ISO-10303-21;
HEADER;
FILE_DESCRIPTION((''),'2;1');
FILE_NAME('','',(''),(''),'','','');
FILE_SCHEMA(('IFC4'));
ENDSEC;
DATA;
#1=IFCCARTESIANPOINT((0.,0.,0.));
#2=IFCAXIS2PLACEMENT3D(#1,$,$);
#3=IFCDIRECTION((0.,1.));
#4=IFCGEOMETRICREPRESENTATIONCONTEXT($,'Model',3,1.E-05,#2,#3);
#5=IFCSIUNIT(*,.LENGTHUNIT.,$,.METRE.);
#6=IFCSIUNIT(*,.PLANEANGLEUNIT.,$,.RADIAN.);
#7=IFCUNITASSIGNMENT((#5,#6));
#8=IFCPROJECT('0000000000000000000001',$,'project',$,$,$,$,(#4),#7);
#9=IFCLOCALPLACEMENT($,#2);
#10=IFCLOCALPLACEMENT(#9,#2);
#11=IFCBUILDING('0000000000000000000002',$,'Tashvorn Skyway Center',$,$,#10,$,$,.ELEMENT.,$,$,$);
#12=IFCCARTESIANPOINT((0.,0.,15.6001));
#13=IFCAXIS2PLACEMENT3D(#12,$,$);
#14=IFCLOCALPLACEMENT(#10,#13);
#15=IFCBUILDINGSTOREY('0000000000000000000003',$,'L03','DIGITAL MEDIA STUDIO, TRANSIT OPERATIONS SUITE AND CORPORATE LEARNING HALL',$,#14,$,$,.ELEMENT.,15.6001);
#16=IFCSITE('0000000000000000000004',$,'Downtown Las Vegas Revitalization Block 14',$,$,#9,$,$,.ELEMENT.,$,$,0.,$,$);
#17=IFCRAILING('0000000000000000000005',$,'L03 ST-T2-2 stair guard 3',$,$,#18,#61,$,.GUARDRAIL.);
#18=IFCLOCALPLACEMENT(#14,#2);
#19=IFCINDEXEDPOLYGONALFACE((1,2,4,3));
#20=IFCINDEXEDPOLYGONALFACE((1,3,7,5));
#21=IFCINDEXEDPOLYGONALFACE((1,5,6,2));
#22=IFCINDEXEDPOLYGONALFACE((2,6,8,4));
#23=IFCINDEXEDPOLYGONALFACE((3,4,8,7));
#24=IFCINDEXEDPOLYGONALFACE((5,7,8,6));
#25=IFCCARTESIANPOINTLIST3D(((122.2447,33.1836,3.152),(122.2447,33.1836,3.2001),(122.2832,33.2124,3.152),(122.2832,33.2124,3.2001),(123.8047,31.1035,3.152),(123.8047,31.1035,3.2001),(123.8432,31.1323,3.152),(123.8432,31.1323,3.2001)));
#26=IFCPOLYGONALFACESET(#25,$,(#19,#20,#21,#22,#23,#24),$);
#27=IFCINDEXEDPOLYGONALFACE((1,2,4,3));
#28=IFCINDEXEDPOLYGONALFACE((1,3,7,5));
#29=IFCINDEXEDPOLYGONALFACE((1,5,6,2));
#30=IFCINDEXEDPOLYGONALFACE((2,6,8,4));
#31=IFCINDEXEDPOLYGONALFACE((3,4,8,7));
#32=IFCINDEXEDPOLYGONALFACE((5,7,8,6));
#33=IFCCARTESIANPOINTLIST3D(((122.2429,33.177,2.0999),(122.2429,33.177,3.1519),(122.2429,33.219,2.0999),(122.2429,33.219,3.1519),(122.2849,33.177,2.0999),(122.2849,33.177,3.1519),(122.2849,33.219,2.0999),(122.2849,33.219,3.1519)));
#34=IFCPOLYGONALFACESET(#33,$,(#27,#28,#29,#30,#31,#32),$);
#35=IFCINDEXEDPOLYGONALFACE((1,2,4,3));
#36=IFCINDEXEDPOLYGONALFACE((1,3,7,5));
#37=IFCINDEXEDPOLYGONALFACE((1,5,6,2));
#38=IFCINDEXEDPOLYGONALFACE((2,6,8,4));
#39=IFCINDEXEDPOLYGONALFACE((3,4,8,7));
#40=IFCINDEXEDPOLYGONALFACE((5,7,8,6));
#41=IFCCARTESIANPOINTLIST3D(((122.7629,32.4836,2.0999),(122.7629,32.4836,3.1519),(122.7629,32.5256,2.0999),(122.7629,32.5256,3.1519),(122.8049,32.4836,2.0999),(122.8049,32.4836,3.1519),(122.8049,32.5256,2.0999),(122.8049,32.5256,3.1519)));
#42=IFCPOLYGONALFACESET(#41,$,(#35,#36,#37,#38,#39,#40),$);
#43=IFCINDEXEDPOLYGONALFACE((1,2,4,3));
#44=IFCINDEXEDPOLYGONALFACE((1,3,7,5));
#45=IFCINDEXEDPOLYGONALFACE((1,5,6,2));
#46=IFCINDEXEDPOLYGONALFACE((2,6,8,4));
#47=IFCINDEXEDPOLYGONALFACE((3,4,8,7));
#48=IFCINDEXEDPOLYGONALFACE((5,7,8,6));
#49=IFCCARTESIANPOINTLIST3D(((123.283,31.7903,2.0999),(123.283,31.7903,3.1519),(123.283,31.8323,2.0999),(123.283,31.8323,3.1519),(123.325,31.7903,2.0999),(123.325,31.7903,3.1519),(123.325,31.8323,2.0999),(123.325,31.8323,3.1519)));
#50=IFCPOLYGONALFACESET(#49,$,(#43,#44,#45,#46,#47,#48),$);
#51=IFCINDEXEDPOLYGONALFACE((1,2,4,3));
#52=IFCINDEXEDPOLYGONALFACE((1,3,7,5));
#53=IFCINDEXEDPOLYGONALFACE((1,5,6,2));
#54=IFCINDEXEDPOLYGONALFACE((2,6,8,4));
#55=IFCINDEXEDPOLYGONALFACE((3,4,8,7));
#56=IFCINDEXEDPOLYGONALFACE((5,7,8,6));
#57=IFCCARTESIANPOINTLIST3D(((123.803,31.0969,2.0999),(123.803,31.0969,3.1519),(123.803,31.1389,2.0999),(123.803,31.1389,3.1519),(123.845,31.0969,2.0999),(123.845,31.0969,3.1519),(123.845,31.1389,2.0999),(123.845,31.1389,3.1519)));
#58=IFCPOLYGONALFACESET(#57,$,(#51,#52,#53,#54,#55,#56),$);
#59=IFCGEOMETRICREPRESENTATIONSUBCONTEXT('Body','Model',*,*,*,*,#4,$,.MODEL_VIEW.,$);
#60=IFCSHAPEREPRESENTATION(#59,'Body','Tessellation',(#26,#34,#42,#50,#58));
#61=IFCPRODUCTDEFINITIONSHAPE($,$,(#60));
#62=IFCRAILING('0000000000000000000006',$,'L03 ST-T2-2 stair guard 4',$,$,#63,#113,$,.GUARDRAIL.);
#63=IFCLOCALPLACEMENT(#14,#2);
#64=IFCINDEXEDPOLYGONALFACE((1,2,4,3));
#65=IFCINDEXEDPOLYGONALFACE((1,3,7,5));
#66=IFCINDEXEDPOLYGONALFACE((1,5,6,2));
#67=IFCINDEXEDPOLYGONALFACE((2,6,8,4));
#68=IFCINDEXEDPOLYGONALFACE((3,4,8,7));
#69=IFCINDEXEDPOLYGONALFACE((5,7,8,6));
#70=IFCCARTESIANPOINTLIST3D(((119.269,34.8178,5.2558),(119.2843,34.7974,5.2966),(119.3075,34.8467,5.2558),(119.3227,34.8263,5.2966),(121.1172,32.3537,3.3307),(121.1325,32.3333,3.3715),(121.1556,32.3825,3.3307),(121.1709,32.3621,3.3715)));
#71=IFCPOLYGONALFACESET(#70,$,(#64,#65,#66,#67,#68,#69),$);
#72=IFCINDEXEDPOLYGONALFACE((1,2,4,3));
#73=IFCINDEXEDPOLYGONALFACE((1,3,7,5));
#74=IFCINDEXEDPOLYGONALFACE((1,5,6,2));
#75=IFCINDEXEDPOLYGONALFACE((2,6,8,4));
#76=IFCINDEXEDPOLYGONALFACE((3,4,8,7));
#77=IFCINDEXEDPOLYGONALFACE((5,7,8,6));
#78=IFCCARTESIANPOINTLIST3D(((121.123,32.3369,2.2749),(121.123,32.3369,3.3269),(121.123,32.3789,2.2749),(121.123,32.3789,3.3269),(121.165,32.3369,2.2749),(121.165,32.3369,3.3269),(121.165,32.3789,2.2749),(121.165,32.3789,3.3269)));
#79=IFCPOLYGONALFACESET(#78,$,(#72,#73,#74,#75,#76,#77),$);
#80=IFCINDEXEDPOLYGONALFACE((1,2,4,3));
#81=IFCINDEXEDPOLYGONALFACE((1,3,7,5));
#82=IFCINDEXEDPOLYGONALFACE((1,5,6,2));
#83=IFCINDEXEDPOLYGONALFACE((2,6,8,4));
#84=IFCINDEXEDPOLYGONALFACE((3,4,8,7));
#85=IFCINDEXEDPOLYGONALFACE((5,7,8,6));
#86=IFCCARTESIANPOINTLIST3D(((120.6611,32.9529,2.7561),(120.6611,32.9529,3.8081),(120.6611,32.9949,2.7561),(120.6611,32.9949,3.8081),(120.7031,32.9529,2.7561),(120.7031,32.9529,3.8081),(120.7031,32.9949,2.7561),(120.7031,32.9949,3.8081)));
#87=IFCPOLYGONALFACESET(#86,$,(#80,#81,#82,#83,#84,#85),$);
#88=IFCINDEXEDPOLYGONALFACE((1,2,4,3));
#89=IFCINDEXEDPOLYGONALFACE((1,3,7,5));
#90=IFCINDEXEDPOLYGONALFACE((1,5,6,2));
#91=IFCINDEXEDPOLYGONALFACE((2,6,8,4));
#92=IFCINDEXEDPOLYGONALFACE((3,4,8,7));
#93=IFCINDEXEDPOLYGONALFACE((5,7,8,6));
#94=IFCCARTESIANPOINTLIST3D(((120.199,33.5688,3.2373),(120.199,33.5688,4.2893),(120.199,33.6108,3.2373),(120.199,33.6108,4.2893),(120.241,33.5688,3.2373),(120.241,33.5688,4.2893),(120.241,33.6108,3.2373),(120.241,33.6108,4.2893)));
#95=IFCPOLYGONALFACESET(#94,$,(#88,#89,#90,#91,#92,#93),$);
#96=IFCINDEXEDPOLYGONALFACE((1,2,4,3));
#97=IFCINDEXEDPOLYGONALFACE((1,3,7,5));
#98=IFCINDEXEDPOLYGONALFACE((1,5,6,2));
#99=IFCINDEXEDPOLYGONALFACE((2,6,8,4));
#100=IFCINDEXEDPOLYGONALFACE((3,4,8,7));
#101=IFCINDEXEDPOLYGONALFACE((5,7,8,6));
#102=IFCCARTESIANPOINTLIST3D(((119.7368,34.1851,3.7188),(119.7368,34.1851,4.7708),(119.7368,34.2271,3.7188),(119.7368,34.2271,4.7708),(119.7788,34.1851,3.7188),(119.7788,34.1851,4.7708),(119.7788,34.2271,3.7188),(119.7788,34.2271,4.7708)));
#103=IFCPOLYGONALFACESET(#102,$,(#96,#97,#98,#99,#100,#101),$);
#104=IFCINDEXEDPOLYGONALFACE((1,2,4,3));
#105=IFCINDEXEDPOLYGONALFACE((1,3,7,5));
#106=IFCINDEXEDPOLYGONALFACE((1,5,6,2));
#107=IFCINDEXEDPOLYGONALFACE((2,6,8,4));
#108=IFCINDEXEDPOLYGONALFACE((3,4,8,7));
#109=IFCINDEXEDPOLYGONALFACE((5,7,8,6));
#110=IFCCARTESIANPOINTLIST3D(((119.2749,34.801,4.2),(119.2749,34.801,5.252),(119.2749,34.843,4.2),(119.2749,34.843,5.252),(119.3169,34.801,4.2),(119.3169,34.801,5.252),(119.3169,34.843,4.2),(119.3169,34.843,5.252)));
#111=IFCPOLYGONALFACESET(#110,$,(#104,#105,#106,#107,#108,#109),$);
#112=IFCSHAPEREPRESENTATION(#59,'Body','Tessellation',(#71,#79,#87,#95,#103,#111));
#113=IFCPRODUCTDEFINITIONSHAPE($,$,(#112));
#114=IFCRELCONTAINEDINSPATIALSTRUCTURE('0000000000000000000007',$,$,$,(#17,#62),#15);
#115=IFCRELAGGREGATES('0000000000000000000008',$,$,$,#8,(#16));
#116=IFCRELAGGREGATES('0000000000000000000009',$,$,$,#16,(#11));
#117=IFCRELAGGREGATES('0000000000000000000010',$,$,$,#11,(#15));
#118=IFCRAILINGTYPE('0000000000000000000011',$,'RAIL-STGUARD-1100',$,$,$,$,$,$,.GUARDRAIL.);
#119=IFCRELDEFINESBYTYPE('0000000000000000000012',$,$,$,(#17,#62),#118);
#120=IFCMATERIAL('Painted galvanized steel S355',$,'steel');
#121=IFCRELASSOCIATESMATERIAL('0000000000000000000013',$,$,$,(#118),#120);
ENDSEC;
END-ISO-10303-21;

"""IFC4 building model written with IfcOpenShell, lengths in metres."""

from ifc_helpers import new_model, si_unit, direction, frame, origin, origin_2d, place, context, subcontext, project, spatial, rectangle, extrude, material, type_object, element, save


model = new_model("IFC4")

# Units and contexts
model_context = context("Model", 3, precision=1e-05, world=origin(), true_north=direction((0.0, 1.0)))
body_context = subcontext(model_context, "Body", "Model", "MODEL_VIEW")
ifc_project = project(units=[si_unit("LENGTHUNIT", "METRE"), si_unit("PLANEANGLEUNIT", "RADIAN")], contexts=[model_context])

# Site, building, storey
site_placement = place(None, origin())
site = spatial("IfcSite", under=ifc_project, at=site_placement, Name="Downtown Las Vegas Revitalization Block 14", CompositionType="ELEMENT", RefElevation=0.0)
building_placement = place(site_placement, origin())
building = spatial("IfcBuilding", under=site, at=building_placement, Name="Tashvorn Skyway Center", CompositionType="ELEMENT")
storey_placement = place(building_placement, frame((0.0, 0.0, 15.6001)))
storey = spatial("IfcBuildingStorey", under=building, at=storey_placement, Name="L03", Description="DIGITAL MEDIA STUDIO, TRANSIT OPERATIONS SUITE AND CORPORATE LEARNING HALL", CompositionType="ELEMENT", Elevation=15.6001)

# Railings
ifc_material_1 = material(Name="Painted galvanized steel S355", Category="steel")
railing_type_1 = type_object("IfcRailingType", Name="RAIL-STGUARD-1100", PredefinedType="GUARDRAIL", material=ifc_material_1)
railing_1_placement = place(storey_placement, frame((122.2639, 33.198, 2.0999)))
element("IfcRailing", 1, at=railing_1_placement, inside=storey, type_object=railing_type_1, Name="L03 ST-T2-2 stair guard 3", PredefinedType="GUARDRAIL", context=body_context, shape_type="SweptSolid", body=[
    extrude(rectangle(XDim=0.0481, YDim=0.0481, at=origin_2d()), frame((0.0, 0.0, 1.0762), z_axis=(0.6, -0.8, 0.0), x_axis=(0.8, 0.6, 0.0)), (0.0, 0.0, 1.0), 2.6001),
    extrude(rectangle(XDim=0.042, YDim=0.042, at=origin_2d()), origin(), (0.0, 0.0, 1.0), 1.052),
    extrude(rectangle(XDim=0.042, YDim=0.042, at=origin_2d()), frame((0.52, -0.6934, 0.0)), (0.0, 0.0, 1.0), 1.052),
    extrude(rectangle(XDim=0.042, YDim=0.042, at=origin_2d()), frame((1.04, -1.3867, 0.0)), (0.0, 0.0, 1.0), 1.052),
    extrude(rectangle(XDim=0.042, YDim=0.042, at=origin_2d()), frame((1.5601, -2.0801, 0.0)), (0.0, 0.0, 1.0), 1.052),
])
railing_2_placement = place(storey_placement, frame((121.144, 32.3579, 2.2749)))
element("IfcRailing", 2, at=railing_2_placement, inside=storey, type_object=railing_type_1, Name="L03 ST-T2-2 stair guard 4", PredefinedType="GUARDRAIL", context=body_context, shape_type="SweptSolid", body=[
    extrude(rectangle(XDim=0.0481, YDim=0.0481, at=origin_2d()), frame((0.0, 0.0, 1.0762), z_axis=(-0.508814, 0.678397, 0.529987), x_axis=(-0.79999, -0.600013, 0.0)), (0.0, 0.0, 1.0), 3.6323),
    extrude(rectangle(XDim=0.042, YDim=0.042, at=origin_2d()), origin(), (0.0, 0.0, 1.0), 1.052),
    extrude(rectangle(XDim=0.042, YDim=0.042, at=origin_2d()), frame((-0.4619, 0.616, 0.4812)), (0.0, 0.0, 1.0), 1.052),
    extrude(rectangle(XDim=0.042, YDim=0.042, at=origin_2d()), frame((-0.9241, 1.2319, 0.9624)), (0.0, 0.0, 1.0), 1.052),
    extrude(rectangle(XDim=0.042, YDim=0.042, at=origin_2d()), frame((-1.3862, 1.8481, 1.4438)), (0.0, 0.0, 1.0), 1.052),
    extrude(rectangle(XDim=0.042, YDim=0.042, at=origin_2d()), frame((-1.8481, 2.4641, 1.925)), (0.0, 0.0, 1.0), 1.052),
])

save(model, "model.ifc")
